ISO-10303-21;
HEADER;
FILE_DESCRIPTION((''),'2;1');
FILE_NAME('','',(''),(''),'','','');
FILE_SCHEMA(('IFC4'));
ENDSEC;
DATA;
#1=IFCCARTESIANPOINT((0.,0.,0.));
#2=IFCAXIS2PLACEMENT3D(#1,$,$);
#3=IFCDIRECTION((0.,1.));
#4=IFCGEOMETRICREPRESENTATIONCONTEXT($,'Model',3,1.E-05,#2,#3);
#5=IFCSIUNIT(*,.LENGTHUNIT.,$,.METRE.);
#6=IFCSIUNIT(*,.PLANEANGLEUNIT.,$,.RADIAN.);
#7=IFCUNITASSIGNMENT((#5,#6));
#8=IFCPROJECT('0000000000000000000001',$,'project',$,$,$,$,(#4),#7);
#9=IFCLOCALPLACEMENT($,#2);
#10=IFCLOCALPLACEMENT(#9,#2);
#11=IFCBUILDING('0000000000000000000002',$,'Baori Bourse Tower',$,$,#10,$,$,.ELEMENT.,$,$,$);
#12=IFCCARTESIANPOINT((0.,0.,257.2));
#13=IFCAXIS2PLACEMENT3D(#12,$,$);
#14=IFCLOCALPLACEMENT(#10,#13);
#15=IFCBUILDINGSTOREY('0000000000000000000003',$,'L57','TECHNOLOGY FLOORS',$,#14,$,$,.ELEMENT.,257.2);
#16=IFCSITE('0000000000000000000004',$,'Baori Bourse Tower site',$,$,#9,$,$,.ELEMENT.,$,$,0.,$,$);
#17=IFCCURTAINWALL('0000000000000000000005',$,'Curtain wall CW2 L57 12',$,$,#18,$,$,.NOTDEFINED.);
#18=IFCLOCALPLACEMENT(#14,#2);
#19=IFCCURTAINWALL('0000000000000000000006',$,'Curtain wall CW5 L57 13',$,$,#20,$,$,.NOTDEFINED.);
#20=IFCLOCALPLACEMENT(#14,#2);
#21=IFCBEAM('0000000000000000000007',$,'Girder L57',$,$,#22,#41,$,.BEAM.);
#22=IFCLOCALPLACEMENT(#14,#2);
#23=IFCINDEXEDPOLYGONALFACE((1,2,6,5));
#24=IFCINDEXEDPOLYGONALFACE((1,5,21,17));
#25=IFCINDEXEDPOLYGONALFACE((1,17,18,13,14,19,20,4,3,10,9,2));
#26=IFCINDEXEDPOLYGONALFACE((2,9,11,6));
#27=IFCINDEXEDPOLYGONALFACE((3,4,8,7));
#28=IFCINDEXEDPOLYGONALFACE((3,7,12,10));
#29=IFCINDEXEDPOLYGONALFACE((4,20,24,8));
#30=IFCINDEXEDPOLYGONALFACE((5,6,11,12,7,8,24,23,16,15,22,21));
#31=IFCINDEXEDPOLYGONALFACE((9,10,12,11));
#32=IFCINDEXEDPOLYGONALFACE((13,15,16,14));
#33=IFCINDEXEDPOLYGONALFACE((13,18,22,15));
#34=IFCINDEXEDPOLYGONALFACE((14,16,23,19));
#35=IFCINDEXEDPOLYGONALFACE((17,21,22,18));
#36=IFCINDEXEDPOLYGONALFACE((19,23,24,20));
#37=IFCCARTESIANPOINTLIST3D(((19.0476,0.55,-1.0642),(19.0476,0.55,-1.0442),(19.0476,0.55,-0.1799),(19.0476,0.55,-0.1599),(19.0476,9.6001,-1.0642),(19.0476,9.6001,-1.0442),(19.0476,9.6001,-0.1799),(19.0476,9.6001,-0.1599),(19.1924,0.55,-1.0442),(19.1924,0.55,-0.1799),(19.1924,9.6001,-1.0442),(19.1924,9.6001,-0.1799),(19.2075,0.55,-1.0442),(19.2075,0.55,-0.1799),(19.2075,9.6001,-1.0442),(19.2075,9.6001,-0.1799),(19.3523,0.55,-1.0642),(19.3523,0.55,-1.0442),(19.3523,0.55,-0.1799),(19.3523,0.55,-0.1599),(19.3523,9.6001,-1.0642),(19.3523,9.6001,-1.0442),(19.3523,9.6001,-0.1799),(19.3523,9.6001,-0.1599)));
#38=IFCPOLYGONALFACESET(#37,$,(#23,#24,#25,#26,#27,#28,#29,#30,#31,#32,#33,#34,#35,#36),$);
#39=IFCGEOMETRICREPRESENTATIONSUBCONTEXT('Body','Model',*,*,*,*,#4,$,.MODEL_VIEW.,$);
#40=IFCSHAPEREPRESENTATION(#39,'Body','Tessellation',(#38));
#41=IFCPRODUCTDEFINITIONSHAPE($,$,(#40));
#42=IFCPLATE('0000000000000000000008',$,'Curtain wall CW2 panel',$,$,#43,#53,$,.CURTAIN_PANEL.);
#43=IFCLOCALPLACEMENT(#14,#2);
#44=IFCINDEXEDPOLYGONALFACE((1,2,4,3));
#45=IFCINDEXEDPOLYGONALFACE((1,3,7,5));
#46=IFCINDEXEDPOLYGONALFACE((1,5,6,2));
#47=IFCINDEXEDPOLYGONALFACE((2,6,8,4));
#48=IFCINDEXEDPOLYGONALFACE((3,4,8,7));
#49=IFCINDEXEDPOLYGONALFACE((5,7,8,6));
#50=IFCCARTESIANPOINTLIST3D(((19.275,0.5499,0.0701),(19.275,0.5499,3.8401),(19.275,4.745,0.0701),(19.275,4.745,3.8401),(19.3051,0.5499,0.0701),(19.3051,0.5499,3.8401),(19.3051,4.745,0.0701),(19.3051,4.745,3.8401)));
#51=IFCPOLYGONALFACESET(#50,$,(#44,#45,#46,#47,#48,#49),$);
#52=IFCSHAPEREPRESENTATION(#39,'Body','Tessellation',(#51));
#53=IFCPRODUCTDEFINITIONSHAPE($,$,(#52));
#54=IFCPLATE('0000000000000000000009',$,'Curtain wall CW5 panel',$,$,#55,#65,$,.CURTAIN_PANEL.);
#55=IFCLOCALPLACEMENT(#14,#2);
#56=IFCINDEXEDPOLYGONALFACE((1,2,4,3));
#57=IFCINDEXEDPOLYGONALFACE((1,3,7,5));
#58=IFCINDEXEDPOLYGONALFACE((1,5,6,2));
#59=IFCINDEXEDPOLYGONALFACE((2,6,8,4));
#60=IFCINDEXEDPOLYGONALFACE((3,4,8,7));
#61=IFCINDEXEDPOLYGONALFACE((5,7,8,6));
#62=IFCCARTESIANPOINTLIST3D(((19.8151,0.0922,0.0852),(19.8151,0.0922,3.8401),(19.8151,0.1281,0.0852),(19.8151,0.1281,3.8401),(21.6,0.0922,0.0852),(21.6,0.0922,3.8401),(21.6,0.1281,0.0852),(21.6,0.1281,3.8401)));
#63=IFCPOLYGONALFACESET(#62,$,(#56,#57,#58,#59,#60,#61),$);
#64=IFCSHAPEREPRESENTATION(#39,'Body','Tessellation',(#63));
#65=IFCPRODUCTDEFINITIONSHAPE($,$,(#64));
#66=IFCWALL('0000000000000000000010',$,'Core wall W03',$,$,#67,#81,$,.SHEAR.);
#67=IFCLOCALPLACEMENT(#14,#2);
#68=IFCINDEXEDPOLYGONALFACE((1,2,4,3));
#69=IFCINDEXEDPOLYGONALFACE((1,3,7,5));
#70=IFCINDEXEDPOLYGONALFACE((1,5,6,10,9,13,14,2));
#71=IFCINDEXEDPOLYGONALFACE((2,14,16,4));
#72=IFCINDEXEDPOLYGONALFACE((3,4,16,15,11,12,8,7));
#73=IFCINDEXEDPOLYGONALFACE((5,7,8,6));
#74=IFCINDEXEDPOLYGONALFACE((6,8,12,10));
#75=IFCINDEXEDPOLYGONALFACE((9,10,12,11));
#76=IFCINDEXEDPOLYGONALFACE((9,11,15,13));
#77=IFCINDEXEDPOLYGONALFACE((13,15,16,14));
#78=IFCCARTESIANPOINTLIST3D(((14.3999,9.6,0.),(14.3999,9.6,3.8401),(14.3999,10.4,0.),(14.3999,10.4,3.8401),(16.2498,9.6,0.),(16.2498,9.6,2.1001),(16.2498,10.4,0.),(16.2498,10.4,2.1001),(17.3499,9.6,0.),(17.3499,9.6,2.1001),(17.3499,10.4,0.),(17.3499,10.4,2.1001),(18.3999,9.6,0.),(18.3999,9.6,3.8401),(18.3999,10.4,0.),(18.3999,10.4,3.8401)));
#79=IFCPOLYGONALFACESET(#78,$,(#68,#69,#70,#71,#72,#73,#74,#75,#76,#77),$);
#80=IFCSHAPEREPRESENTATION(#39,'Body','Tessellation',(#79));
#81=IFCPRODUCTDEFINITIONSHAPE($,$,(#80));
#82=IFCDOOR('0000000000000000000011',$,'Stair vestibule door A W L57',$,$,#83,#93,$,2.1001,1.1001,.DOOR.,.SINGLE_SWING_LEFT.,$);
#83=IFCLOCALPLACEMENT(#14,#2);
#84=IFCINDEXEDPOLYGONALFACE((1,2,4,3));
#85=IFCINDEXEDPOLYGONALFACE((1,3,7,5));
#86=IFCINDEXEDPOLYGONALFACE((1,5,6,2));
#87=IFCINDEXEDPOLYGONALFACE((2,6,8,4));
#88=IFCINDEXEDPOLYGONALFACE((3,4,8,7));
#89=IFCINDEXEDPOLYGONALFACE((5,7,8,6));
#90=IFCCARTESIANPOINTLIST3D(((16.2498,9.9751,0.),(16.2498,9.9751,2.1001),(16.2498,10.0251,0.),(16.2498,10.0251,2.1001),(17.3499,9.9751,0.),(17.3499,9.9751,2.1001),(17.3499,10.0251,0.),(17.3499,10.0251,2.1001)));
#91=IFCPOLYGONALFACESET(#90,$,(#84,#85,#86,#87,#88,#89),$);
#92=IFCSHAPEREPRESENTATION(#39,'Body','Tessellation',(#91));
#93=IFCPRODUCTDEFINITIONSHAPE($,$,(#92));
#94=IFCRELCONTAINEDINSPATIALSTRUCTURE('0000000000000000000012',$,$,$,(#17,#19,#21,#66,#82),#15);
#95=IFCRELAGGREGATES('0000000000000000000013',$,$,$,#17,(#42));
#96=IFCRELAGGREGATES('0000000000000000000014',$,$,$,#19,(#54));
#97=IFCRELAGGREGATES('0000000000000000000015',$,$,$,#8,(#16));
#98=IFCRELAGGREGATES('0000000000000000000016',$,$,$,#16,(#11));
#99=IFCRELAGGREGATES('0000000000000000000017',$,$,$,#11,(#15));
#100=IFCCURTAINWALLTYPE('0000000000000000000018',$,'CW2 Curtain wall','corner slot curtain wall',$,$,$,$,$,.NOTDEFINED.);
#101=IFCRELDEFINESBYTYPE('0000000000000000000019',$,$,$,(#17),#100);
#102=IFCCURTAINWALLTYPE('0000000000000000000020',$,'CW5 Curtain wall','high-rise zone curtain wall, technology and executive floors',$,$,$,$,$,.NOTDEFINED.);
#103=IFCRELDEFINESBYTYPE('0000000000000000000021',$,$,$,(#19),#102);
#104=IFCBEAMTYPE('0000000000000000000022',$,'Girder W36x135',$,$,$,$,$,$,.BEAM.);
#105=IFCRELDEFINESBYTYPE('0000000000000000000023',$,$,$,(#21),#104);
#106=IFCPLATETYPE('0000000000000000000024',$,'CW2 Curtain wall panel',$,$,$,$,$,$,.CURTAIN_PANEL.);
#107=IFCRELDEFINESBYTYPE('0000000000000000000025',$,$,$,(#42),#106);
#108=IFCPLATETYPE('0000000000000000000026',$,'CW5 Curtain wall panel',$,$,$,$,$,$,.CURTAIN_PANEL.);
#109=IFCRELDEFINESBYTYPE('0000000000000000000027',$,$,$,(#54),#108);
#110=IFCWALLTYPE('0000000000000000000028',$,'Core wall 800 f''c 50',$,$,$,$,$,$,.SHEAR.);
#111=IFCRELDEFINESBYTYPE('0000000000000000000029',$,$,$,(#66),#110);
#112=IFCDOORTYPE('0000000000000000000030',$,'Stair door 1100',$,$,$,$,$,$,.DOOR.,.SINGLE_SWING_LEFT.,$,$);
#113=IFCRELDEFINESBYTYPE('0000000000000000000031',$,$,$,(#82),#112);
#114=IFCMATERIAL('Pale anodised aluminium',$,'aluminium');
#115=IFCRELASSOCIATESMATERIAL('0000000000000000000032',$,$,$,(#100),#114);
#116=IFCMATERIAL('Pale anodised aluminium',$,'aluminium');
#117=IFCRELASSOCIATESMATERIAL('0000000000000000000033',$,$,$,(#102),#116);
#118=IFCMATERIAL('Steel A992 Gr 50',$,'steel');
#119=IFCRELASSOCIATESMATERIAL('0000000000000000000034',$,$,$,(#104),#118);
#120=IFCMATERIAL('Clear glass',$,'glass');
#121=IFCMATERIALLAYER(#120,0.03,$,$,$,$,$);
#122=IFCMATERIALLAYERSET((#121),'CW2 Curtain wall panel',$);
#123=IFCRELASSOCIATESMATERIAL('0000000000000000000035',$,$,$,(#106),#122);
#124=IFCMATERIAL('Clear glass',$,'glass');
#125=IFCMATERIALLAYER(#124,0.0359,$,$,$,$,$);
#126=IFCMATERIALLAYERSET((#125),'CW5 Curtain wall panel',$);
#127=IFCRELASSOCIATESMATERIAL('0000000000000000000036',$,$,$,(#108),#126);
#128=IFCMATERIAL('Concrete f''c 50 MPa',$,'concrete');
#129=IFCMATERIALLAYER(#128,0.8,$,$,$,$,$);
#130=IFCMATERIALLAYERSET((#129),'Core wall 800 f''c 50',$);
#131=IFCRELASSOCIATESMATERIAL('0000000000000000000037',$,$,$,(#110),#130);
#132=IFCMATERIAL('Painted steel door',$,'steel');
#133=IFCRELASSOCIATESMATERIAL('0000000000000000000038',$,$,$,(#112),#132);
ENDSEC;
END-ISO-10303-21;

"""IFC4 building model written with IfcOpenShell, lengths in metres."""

from ifc_helpers import new_model, si_unit, direction, frame, frame_2d, origin, origin_2d, place, context, subcontext, project, spatial, rectangle, i_section, extrude, material, layer, layer_set, material_profile, profile_set, type_object, element, fill, aggregate, save


model = new_model("IFC4")

# Units and contexts
model_context = context("Model", 3, precision=1e-05, world=origin(), true_north=direction((0.0, 1.0)))
body_context = subcontext(model_context, "Body", "Model", "MODEL_VIEW")
ifc_project = project(units=[si_unit("LENGTHUNIT", "METRE"), si_unit("PLANEANGLEUNIT", "RADIAN")], contexts=[model_context])

# Site, building, storey
site_placement = place(None, origin())
site = spatial("IfcSite", under=ifc_project, at=site_placement, Name="Baori Bourse Tower site", CompositionType="ELEMENT", RefElevation=0.0)
building_placement = place(site_placement, origin())
building = spatial("IfcBuilding", under=site, at=building_placement, Name="Baori Bourse Tower", CompositionType="ELEMENT")
storey_placement = place(building_placement, frame((0.0, 0.0, 257.2)))
storey = spatial("IfcBuildingStorey", under=building, at=storey_placement, Name="L57", Description="TECHNOLOGY FLOORS", CompositionType="ELEMENT", Elevation=257.2)

# Curtain walls
ifc_material_1 = material(Name="Pale anodised aluminium", Category="aluminium")
curtain_wall_type_1 = type_object("IfcCurtainWallType", Name="CW2 Curtain wall", Description="corner slot curtain wall", PredefinedType="NOTDEFINED", material=ifc_material_1)
curtain_wall_1_placement = place(storey_placement, origin())
curtain_wall_1 = element("IfcCurtainWall", 1, at=curtain_wall_1_placement, inside=storey, type_object=curtain_wall_type_1, Name="Curtain wall CW2 L57 12", PredefinedType="NOTDEFINED")
ifc_material_2 = material(Name="Pale anodised aluminium", Category="aluminium")
curtain_wall_type_2 = type_object("IfcCurtainWallType", Name="CW5 Curtain wall", Description="high-rise zone curtain wall, technology and executive floors", PredefinedType="NOTDEFINED", material=ifc_material_2)
curtain_wall_2_placement = place(storey_placement, origin())
curtain_wall_2 = element("IfcCurtainWall", 2, at=curtain_wall_2_placement, inside=storey, type_object=curtain_wall_type_2, Name="Curtain wall CW5 L57 13", PredefinedType="NOTDEFINED")

# Beam
ifc_material_3 = material(Name="Steel A992 Gr 50", Category="steel")
ifc_material_profile_1 = material_profile(ifc_material_3, i_section(OverallWidth=0.3047, OverallDepth=0.9043, WebThickness=0.0151, FlangeThickness=0.02, at=origin_2d()), Name="W36x135")
ifc_profile_set_1 = profile_set([ifc_material_profile_1], Name="Steel A992 Gr 50")
beam_type_1 = type_object("IfcBeamType", Name="Girder W36x135", PredefinedType="BEAM", material=ifc_profile_set_1)
beam_1_placement = place(storey_placement, frame((19.2, 0.55, -0.6121), z_axis=(0.0, 1.0, 0.0), x_axis=(-1.0, 0.0, 0.0)))
element("IfcBeam", 3, at=beam_1_placement, inside=storey, type_object=beam_type_1, Name="Girder L57", PredefinedType="BEAM", context=body_context, shape_type="SweptSolid", body=[
    extrude(i_section(OverallWidth=0.3047, OverallDepth=0.9043, WebThickness=0.0151, FlangeThickness=0.02, at=origin_2d()), origin(), (0.0, 0.0, 1.0), 9.05),
])

# Plates
ifc_material_4 = material(Name="Clear glass", Category="glass")
ifc_layer_1 = layer(ifc_material_4, 0.03)
ifc_layer_set_1 = layer_set([ifc_layer_1], Name="CW2 Curtain wall panel")
plate_type_1 = type_object("IfcPlateType", Name="CW2 Curtain wall panel", PredefinedType="CURTAIN_PANEL", material=ifc_layer_set_1)
plate_1_placement = place(storey_placement, frame((19.29, 2.6475, 0.0701), z_axis=(0.0, 0.0, 1.0), x_axis=(0.0, -1.0, 0.0)))
plate_1 = element("IfcPlate", 4, at=plate_1_placement, type_object=plate_type_1, Name="Curtain wall CW2 panel", PredefinedType="CURTAIN_PANEL", context=body_context, shape_type="SweptSolid", body=[
    extrude(rectangle(XDim=4.1951, YDim=0.03, at=origin_2d()), origin(), (0.0, 0.0, 1.0), 3.77),
])
aggregate(curtain_wall_1, [plate_1])
ifc_material_5 = material(Name="Clear glass", Category="glass")
ifc_layer_2 = layer(ifc_material_5, 0.0359)
ifc_layer_set_2 = layer_set([ifc_layer_2], Name="CW5 Curtain wall panel")
plate_type_2 = type_object("IfcPlateType", Name="CW5 Curtain wall panel", PredefinedType="CURTAIN_PANEL", material=ifc_layer_set_2)
plate_2_placement = place(storey_placement, frame((20.7075, 0.1101, 0.0852), z_axis=(0.0, 0.0, 1.0), x_axis=(1.0, 0.0, 0.0)))
plate_2 = element("IfcPlate", 5, at=plate_2_placement, type_object=plate_type_2, Name="Curtain wall CW5 panel", PredefinedType="CURTAIN_PANEL", context=body_context, shape_type="SweptSolid", body=[
    extrude(rectangle(XDim=1.7849, YDim=0.0359, at=origin_2d()), origin(), (0.0, 0.0, 1.0), 3.7549),
])
aggregate(curtain_wall_2, [plate_2])

# Wall, opening, door
ifc_material_6 = material(Name="Concrete f'c 50 MPa", Category="concrete")
ifc_layer_3 = layer(ifc_material_6, 0.8)
ifc_layer_set_3 = layer_set([ifc_layer_3], Name="Core wall 800 f'c 50")
wall_type_1 = type_object("IfcWallType", Name="Core wall 800 f'c 50", PredefinedType="SHEAR", material=ifc_layer_set_3)
wall_1_placement = place(storey_placement, frame((18.3999, 10.0, 0.0), z_axis=(0.0, 0.0, 1.0), x_axis=(-1.0, 0.0, 0.0)))
wall_1 = element("IfcWall", 6, at=wall_1_placement, inside=storey, type_object=wall_type_1, Name="Core wall W03", PredefinedType="SHEAR", context=body_context, shape_type="SweptSolid", body=[
    extrude(rectangle(XDim=4.0, YDim=0.8, at=frame_2d((2.0, 0.0))), origin(), (0.0, 0.0, 1.0), 3.8401),
])
opening_1_placement = place(wall_1_placement, frame((1.05, 0.0, 0.0)))
opening_1 = element("IfcOpeningElement", 7, at=opening_1_placement, cuts=wall_1, PredefinedType="OPENING", context=body_context, shape_type="SweptSolid", body=[
    extrude(rectangle(XDim=1.1001, YDim=2.1001, at=frame_2d((0.55, 1.05))), frame((0.0, 0.4099, 0.0), z_axis=(0.0, -1.0, 0.0), x_axis=(1.0, 0.0, 0.0)), (0.0, 0.0, 1.0), 0.8201),
])
ifc_material_7 = material(Name="Painted steel door", Category="steel")
door_type_1 = type_object("IfcDoorType", Name="Stair door 1100", OperationType="SINGLE_SWING_LEFT", PredefinedType="DOOR", material=ifc_material_7)
door_1_placement = place(opening_1_placement, origin())
door_1 = element("IfcDoor", 8, at=door_1_placement, inside=storey, type_object=door_type_1, Name="Stair vestibule door A W L57", OperationType="SINGLE_SWING_LEFT", OverallHeight=2.1001, OverallWidth=1.1001, PredefinedType="DOOR", context=body_context, shape_type="SweptSolid", body=[
    extrude(rectangle(XDim=1.1001, YDim=2.1001, at=frame_2d((0.55, 1.05))), frame((0.0, 0.0249, 0.0), z_axis=(0.0, -1.0, 0.0), x_axis=(1.0, 0.0, 0.0)), (0.0, 0.0, 1.0), 0.05),
])
fill(opening_1, door_1)

save(model, "model.ifc")
